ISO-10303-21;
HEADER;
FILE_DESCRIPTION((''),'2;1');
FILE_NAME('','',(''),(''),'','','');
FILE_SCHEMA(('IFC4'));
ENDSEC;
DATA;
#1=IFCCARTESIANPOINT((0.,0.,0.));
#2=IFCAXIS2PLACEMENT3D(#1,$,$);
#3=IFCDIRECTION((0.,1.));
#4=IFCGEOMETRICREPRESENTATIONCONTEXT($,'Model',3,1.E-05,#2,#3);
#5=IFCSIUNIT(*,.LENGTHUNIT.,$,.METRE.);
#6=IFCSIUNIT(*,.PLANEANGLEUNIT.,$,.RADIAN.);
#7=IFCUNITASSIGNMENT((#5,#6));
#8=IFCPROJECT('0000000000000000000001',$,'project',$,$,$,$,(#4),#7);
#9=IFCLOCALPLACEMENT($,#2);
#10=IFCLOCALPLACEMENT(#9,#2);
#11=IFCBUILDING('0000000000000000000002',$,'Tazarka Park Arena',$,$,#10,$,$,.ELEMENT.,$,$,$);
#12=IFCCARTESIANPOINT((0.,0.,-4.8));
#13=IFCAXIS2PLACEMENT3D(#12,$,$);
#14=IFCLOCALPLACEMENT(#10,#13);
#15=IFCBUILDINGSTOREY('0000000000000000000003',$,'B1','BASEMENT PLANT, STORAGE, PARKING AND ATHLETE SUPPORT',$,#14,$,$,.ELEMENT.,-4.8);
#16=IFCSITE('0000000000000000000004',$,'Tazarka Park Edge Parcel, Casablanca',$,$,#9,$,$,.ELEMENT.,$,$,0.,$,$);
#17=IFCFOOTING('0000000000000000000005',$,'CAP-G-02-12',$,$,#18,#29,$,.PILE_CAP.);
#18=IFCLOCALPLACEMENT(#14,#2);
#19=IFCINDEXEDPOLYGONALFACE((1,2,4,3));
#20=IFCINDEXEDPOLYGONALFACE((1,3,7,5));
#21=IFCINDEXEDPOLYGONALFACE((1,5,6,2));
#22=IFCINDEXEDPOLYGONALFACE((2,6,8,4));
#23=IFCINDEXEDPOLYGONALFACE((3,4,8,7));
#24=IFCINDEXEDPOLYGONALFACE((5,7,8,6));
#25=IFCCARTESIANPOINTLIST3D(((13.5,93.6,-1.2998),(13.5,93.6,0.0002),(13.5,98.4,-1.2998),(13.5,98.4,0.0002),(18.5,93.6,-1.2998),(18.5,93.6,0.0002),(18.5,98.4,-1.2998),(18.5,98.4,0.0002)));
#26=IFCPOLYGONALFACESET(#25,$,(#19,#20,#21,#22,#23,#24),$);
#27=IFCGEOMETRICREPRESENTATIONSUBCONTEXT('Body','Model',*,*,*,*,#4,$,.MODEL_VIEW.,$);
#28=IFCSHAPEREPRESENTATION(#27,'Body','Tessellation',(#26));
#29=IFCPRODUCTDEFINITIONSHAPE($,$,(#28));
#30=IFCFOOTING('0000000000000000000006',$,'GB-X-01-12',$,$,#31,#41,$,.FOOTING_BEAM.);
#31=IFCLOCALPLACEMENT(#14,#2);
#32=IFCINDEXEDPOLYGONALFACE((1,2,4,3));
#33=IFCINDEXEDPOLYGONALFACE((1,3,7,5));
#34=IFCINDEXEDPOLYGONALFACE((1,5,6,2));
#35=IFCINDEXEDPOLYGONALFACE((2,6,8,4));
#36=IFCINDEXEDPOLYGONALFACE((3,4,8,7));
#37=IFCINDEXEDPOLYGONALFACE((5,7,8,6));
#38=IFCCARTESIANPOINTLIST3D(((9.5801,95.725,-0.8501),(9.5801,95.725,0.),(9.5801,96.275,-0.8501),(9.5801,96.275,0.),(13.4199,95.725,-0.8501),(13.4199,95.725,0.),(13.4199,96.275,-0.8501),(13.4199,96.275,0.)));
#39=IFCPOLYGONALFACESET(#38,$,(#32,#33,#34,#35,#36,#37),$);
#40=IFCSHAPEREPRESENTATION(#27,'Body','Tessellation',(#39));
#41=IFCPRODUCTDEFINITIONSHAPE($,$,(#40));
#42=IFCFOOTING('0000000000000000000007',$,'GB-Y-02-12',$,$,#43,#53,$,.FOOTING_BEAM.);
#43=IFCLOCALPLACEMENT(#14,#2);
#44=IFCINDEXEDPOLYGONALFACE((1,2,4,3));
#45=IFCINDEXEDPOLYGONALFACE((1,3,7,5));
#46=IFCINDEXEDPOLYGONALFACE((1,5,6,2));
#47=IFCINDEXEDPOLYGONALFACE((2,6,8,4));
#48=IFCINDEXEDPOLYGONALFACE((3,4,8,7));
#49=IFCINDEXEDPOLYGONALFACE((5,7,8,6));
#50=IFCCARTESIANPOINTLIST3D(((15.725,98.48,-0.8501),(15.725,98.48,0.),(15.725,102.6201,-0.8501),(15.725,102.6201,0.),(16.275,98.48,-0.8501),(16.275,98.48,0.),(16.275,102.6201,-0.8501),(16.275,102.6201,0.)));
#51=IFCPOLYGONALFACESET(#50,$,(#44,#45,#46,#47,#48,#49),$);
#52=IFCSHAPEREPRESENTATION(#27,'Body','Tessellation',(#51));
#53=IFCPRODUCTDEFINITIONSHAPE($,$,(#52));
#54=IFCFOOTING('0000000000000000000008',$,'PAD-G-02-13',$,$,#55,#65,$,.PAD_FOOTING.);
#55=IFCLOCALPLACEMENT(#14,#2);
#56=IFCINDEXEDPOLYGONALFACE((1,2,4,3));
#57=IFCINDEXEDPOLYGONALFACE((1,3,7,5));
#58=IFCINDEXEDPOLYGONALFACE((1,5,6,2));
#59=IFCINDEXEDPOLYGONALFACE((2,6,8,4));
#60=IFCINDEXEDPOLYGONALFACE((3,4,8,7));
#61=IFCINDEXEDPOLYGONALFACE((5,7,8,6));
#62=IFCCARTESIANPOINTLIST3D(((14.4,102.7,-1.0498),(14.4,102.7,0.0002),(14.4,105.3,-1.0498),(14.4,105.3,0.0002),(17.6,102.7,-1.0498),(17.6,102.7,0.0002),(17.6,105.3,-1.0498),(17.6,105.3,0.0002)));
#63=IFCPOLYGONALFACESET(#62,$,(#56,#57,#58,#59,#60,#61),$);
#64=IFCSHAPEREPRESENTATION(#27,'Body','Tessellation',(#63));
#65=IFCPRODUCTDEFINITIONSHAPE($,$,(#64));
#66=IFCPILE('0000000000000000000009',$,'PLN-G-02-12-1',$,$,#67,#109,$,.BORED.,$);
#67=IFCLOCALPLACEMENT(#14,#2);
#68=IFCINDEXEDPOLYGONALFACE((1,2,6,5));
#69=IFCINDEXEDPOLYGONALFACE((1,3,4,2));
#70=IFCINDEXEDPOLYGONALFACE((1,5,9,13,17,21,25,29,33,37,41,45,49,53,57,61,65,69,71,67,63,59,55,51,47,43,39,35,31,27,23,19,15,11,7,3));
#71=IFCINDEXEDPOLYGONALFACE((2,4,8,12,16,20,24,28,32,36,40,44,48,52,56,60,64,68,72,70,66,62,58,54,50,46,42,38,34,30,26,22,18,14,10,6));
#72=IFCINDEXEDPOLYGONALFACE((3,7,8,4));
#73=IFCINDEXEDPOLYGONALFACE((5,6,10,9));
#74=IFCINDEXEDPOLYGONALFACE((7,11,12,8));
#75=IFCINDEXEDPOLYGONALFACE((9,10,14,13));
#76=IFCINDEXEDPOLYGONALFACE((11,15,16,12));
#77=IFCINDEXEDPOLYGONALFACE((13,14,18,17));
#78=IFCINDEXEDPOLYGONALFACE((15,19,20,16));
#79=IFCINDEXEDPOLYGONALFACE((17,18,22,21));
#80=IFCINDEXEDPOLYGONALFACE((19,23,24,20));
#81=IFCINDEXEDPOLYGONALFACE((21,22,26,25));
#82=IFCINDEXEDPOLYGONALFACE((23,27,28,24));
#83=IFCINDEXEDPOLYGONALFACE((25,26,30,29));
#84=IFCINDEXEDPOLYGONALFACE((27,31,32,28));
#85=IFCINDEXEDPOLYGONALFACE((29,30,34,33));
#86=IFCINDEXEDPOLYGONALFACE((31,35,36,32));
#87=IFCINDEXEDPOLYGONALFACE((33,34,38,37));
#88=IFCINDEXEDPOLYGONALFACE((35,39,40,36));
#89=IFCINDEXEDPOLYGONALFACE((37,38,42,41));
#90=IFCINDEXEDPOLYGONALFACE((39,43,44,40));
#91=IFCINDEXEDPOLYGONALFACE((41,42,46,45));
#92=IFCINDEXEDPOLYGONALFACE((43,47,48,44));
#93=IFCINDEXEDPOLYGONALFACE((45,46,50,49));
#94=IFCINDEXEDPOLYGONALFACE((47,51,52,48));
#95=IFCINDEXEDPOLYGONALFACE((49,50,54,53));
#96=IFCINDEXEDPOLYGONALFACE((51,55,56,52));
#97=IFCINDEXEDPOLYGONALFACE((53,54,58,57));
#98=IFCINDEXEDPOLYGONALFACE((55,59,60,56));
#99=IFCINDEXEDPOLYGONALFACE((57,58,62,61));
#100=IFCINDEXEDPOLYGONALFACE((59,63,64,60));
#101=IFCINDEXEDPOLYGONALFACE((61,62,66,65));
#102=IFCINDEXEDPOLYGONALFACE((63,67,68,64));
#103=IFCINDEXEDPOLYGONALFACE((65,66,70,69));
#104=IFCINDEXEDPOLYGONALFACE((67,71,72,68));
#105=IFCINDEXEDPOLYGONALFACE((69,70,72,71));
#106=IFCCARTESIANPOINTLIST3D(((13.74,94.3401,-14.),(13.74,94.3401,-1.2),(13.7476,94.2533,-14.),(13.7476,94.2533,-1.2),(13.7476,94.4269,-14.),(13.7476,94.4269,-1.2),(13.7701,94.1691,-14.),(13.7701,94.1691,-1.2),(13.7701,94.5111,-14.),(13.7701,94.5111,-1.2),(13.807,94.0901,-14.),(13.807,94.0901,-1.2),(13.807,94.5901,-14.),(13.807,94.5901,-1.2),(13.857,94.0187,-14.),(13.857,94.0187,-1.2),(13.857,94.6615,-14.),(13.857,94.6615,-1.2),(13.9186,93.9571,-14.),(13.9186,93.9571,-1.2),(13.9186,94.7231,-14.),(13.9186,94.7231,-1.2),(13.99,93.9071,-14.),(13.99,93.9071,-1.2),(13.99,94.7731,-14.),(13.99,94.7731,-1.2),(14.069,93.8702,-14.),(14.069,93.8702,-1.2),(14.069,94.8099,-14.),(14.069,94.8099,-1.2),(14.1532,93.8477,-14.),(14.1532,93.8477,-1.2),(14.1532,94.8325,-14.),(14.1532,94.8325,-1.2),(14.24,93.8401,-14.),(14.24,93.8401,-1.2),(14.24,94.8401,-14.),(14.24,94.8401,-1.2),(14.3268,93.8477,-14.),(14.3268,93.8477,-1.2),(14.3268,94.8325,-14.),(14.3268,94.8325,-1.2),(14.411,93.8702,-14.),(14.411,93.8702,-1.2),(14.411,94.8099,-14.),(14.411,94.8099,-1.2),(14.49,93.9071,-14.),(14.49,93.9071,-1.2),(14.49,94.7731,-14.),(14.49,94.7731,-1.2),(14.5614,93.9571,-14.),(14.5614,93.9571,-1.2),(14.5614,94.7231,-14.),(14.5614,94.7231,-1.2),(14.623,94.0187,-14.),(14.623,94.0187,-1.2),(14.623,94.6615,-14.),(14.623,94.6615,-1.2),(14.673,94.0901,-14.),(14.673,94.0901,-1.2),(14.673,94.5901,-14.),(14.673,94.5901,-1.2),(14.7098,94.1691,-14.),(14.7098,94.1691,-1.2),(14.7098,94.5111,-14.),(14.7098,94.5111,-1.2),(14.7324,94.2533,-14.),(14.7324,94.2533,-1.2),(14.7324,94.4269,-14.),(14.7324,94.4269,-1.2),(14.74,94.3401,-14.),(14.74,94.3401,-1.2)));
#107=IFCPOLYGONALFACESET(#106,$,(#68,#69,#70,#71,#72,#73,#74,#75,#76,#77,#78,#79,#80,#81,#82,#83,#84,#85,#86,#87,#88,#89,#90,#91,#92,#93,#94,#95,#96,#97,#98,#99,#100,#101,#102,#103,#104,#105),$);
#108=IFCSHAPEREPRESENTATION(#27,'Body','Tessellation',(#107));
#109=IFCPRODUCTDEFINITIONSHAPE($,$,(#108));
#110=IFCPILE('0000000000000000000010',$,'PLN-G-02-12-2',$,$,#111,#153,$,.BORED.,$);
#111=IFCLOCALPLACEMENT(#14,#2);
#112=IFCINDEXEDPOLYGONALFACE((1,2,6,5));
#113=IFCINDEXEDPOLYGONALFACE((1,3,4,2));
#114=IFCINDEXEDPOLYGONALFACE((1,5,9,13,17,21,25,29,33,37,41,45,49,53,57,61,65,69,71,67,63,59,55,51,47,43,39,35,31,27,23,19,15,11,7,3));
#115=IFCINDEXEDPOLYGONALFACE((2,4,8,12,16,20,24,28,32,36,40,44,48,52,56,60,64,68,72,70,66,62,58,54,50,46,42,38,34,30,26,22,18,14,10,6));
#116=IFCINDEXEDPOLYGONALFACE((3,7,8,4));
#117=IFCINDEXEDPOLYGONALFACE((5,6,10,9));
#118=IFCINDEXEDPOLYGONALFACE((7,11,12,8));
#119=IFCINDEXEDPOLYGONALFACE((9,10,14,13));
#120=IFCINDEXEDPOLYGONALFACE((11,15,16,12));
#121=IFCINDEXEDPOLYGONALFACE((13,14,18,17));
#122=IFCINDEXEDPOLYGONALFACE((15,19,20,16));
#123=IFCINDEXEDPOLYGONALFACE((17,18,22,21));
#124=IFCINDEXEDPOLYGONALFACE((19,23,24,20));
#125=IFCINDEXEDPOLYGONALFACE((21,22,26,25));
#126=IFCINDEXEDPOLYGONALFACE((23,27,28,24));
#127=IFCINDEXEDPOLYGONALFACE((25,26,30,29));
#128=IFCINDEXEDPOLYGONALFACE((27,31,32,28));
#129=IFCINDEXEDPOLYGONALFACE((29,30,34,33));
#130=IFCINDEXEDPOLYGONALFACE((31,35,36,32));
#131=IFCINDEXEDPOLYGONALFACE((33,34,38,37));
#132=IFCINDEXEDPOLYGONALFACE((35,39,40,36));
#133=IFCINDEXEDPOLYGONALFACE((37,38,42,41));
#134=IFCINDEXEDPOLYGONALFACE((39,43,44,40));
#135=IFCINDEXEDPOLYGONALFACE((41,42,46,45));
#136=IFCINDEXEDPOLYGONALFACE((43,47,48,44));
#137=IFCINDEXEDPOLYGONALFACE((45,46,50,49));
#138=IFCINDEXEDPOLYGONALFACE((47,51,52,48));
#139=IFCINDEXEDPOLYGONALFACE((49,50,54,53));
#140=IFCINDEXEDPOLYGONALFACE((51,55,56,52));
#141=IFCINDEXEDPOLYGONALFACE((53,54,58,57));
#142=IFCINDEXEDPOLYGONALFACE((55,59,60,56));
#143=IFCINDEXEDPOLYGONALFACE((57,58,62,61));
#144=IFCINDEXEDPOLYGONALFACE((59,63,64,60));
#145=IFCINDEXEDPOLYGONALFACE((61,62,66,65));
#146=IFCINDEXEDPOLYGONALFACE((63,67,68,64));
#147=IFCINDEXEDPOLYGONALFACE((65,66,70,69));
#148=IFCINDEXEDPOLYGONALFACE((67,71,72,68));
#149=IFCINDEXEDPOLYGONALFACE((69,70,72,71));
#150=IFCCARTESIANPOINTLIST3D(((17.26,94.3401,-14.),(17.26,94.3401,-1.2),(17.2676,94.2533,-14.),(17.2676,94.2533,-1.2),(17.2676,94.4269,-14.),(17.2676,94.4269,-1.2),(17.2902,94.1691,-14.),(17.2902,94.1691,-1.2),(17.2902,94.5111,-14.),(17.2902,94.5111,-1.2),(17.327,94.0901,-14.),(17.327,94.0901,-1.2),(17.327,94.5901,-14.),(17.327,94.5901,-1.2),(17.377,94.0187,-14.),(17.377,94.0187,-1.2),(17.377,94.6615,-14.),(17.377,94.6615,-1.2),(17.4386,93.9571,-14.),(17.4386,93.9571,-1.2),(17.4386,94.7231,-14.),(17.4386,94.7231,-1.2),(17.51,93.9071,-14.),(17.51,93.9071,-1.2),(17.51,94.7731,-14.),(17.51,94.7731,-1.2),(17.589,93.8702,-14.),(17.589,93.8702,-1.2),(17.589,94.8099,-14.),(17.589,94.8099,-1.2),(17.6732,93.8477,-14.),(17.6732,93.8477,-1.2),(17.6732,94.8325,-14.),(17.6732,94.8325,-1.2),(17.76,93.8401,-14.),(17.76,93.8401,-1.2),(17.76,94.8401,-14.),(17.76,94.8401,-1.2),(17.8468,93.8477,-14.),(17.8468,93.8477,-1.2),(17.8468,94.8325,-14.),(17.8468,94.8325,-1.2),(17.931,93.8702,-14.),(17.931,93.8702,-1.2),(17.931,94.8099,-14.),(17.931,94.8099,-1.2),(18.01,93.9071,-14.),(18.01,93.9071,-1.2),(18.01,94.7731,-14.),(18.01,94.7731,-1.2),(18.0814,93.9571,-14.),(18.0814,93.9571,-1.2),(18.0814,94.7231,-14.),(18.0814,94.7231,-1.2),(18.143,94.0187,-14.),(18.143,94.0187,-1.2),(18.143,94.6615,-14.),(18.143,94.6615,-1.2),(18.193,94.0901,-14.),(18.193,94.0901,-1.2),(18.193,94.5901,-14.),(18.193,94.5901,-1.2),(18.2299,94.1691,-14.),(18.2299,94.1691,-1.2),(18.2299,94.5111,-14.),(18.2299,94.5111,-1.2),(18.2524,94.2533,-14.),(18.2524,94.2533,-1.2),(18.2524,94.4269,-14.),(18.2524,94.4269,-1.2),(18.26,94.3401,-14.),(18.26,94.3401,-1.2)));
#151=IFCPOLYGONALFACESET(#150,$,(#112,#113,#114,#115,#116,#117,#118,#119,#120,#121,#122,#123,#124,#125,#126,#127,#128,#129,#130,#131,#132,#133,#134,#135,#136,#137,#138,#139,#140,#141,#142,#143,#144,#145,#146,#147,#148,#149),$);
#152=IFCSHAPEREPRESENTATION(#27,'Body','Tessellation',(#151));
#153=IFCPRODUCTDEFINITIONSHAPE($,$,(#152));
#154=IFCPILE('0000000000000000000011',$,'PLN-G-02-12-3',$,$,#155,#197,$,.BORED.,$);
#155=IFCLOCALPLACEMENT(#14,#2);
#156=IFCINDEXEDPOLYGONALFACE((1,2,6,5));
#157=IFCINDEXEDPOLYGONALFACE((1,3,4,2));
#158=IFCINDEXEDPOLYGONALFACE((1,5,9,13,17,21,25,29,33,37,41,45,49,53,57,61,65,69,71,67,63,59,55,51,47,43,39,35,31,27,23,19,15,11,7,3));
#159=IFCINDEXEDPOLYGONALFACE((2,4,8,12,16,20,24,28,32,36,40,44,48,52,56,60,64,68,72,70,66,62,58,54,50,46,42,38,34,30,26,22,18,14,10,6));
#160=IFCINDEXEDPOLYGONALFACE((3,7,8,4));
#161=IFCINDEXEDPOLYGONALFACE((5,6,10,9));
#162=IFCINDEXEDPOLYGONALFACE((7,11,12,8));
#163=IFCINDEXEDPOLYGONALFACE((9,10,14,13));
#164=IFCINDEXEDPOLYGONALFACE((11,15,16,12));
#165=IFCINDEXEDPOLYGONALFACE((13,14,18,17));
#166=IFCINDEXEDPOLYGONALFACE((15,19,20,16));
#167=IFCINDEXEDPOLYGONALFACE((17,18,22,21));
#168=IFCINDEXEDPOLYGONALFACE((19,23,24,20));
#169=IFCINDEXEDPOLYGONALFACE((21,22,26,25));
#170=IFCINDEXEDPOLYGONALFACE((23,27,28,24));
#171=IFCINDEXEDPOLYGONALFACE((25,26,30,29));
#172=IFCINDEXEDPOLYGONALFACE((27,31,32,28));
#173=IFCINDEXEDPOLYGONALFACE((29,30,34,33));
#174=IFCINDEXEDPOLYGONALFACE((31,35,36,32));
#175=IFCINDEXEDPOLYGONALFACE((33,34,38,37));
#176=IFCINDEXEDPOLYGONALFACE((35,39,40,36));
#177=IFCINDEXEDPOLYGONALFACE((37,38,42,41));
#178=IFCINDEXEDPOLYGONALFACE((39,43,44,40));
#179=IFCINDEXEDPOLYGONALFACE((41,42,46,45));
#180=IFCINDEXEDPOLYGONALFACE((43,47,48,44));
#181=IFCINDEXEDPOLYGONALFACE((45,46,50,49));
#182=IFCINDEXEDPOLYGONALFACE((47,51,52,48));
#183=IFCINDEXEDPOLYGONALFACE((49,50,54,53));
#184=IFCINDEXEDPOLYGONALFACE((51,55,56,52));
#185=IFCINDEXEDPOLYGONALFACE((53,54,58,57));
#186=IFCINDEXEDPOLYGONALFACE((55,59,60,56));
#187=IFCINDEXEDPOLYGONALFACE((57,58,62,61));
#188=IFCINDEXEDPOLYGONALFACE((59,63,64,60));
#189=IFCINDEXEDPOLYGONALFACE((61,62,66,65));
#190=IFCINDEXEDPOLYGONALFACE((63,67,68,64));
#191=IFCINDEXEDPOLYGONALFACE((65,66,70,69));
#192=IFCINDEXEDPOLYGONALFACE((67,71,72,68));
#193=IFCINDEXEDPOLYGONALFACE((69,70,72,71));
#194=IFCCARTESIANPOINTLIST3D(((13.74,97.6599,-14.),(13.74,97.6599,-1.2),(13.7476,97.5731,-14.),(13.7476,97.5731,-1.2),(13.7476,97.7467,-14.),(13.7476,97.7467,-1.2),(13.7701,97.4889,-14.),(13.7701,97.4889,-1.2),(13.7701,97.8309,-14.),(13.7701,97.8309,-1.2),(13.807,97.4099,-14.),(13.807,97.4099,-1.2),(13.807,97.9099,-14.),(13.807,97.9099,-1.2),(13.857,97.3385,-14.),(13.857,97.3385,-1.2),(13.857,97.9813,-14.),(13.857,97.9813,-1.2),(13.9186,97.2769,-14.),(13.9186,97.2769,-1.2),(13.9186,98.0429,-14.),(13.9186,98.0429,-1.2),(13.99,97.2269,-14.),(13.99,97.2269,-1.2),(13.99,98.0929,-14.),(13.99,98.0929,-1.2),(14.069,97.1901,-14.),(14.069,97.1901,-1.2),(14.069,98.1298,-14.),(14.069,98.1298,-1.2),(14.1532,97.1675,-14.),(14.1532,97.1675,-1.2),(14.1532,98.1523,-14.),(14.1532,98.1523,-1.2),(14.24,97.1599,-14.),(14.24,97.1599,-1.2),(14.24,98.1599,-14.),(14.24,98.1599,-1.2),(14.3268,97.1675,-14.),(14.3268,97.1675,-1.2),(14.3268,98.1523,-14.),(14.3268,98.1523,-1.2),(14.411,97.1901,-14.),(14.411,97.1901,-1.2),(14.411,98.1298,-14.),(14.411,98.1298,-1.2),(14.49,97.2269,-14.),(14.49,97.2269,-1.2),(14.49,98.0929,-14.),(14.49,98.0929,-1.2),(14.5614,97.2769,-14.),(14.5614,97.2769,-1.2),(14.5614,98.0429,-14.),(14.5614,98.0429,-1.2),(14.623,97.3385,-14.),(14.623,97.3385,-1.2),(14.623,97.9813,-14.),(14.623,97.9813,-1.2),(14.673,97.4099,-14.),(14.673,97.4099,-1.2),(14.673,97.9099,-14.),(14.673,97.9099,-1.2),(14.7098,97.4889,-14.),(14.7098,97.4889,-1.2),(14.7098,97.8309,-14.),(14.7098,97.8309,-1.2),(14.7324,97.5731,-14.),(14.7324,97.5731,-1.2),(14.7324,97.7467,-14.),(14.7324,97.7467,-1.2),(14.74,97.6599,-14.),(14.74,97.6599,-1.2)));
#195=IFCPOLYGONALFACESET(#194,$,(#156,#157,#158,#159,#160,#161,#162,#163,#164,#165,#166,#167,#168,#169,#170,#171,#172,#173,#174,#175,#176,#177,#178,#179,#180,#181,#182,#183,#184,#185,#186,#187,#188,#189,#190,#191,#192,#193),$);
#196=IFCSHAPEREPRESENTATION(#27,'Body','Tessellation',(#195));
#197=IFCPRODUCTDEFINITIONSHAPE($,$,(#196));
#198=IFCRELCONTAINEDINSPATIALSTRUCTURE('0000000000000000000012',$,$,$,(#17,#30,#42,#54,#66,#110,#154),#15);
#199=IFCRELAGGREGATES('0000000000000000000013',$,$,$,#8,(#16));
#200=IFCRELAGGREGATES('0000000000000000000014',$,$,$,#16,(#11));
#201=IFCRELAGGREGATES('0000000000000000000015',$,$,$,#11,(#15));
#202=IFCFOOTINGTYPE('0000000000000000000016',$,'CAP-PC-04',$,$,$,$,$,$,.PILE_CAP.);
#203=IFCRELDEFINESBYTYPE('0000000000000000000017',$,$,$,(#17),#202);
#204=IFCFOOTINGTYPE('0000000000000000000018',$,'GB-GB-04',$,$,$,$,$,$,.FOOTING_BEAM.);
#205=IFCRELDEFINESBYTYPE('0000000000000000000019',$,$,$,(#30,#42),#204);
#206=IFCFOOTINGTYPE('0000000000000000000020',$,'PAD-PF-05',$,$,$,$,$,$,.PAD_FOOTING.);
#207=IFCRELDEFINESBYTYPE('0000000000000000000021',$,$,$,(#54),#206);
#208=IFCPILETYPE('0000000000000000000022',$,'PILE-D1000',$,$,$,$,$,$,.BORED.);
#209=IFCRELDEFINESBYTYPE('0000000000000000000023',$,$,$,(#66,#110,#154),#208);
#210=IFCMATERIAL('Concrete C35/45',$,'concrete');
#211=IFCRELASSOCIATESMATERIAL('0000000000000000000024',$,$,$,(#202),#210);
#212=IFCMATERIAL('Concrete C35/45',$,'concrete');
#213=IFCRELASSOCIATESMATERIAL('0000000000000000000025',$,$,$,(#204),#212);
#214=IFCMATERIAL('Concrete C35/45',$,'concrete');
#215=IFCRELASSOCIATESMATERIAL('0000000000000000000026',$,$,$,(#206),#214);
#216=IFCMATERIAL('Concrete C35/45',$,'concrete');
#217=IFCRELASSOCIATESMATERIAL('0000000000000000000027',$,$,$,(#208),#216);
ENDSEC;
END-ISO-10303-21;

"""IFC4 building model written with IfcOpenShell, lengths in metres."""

from ifc_helpers import new_model, si_unit, direction, frame, origin, origin_2d, place, context, subcontext, project, spatial, rectangle, circle, extrude, material, material_profile, profile_set, type_object, element, save


model = new_model("IFC4")

# Units and contexts
model_context = context("Model", 3, precision=1e-05, world=origin(), true_north=direction((0.0, 1.0)))
body_context = subcontext(model_context, "Body", "Model", "MODEL_VIEW")
ifc_project = project(units=[si_unit("LENGTHUNIT", "METRE"), si_unit("PLANEANGLEUNIT", "RADIAN")], contexts=[model_context])

# Site, building, storey
site_placement = place(None, origin())
site = spatial("IfcSite", under=ifc_project, at=site_placement, Name="Tazarka Park Edge Parcel, Casablanca", CompositionType="ELEMENT", RefElevation=0.0)
building_placement = place(site_placement, origin())
building = spatial("IfcBuilding", under=site, at=building_placement, Name="Tazarka Park Arena", CompositionType="ELEMENT")
storey_placement = place(building_placement, frame((0.0, 0.0, -4.8)))
storey = spatial("IfcBuildingStorey", under=building, at=storey_placement, Name="B1", Description="BASEMENT PLANT, STORAGE, PARKING AND ATHLETE SUPPORT", CompositionType="ELEMENT", Elevation=-4.8)

# Footings
ifc_material_1 = material(Name="Concrete C35/45", Category="concrete")
footing_type_1 = type_object("IfcFootingType", Name="CAP-PC-04", PredefinedType="PILE_CAP", material=ifc_material_1)
footing_1_placement = place(storey_placement, frame((16.0, 96.0, -1.2998), z_axis=(0.0, 0.0, 1.0), x_axis=(1.0, 0.0, 0.0)))
element("IfcFooting", 1, at=footing_1_placement, inside=storey, type_object=footing_type_1, Name="CAP-G-02-12", PredefinedType="PILE_CAP", context=body_context, shape_type="SweptSolid", body=[
    extrude(rectangle(XDim=5.0, YDim=4.8, at=origin_2d()), origin(), (0.0, 0.0, 1.0), 1.3),
])
ifc_material_2 = material(Name="Concrete C35/45", Category="concrete")
ifc_material_profile_1 = material_profile(ifc_material_2, rectangle(XDim=0.55, YDim=0.8501, at=origin_2d()), Name="Concrete C35/45")
ifc_profile_set_1 = profile_set([ifc_material_profile_1], Name="Concrete C35/45")
footing_type_2 = type_object("IfcFootingType", Name="GB-GB-04", PredefinedType="FOOTING_BEAM", material=ifc_profile_set_1)
footing_2_placement = place(storey_placement, frame((9.5801, 96.0, -0.425), z_axis=(1.0, 0.0, 0.0), x_axis=(0.0, 1.0, 0.0)))
element("IfcFooting", 2, at=footing_2_placement, inside=storey, type_object=footing_type_2, Name="GB-X-01-12", PredefinedType="FOOTING_BEAM", context=body_context, shape_type="SweptSolid", body=[
    extrude(rectangle(XDim=0.55, YDim=0.8501, at=origin_2d()), origin(), (0.0, 0.0, 1.0), 3.8398),
])
footing_3_placement = place(storey_placement, frame((16.0, 98.48, -0.425), z_axis=(0.0, 1.0, 0.0), x_axis=(-1.0, 0.0, 0.0)))
element("IfcFooting", 3, at=footing_3_placement, inside=storey, type_object=footing_type_2, Name="GB-Y-02-12", PredefinedType="FOOTING_BEAM", context=body_context, shape_type="SweptSolid", body=[
    extrude(rectangle(XDim=0.55, YDim=0.8501, at=origin_2d()), origin(), (0.0, 0.0, 1.0), 4.1401),
])
ifc_material_3 = material(Name="Concrete C35/45", Category="concrete")
footing_type_3 = type_object("IfcFootingType", Name="PAD-PF-05", PredefinedType="PAD_FOOTING", material=ifc_material_3)
footing_4_placement = place(storey_placement, frame((16.0, 104.0, -1.0498), z_axis=(0.0, 0.0, 1.0), x_axis=(1.0, 0.0, 0.0)))
element("IfcFooting", 4, at=footing_4_placement, inside=storey, type_object=footing_type_3, Name="PAD-G-02-13", PredefinedType="PAD_FOOTING", context=body_context, shape_type="SweptSolid", body=[
    extrude(rectangle(XDim=3.2, YDim=2.6001, at=origin_2d()), origin(), (0.0, 0.0, 1.0), 1.05),
])

# Piles
ifc_material_4 = material(Name="Concrete C35/45", Category="concrete")
ifc_material_profile_2 = material_profile(ifc_material_4, circle(Radius=0.5, at=origin_2d()), Name="Concrete C35/45")
ifc_profile_set_2 = profile_set([ifc_material_profile_2], Name="Concrete C35/45")
pile_type = type_object("IfcPileType", Name="PILE-D1000", PredefinedType="BORED", material=ifc_profile_set_2)
for number, where, z_axis, x_axis, name in (
    (5, (14.24, 94.3401, -1.2), (0.0, 0.0, -1.0), (1.0, 0.0, 0.0), "PLN-G-02-12-1"),
    (6, (17.76, 94.3401, -1.2), (0.0, 0.0, -1.0), (1.0, 0.0, 0.0), "PLN-G-02-12-2"),
    (7, (14.24, 97.6599, -1.2), (0.0, 0.0, -1.0), (1.0, 0.0, 0.0), "PLN-G-02-12-3"),
):
    element("IfcPile", number, at=place(storey_placement, frame(where, z_axis=z_axis, x_axis=x_axis)), inside=storey, type_object=pile_type, Name=name, PredefinedType="BORED", context=body_context, shape_type="SweptSolid", body=[
        extrude(circle(Radius=0.5, at=origin_2d()), origin(), (0.0, 0.0, 1.0), 12.8),
    ])

save(model, "model.ifc")
